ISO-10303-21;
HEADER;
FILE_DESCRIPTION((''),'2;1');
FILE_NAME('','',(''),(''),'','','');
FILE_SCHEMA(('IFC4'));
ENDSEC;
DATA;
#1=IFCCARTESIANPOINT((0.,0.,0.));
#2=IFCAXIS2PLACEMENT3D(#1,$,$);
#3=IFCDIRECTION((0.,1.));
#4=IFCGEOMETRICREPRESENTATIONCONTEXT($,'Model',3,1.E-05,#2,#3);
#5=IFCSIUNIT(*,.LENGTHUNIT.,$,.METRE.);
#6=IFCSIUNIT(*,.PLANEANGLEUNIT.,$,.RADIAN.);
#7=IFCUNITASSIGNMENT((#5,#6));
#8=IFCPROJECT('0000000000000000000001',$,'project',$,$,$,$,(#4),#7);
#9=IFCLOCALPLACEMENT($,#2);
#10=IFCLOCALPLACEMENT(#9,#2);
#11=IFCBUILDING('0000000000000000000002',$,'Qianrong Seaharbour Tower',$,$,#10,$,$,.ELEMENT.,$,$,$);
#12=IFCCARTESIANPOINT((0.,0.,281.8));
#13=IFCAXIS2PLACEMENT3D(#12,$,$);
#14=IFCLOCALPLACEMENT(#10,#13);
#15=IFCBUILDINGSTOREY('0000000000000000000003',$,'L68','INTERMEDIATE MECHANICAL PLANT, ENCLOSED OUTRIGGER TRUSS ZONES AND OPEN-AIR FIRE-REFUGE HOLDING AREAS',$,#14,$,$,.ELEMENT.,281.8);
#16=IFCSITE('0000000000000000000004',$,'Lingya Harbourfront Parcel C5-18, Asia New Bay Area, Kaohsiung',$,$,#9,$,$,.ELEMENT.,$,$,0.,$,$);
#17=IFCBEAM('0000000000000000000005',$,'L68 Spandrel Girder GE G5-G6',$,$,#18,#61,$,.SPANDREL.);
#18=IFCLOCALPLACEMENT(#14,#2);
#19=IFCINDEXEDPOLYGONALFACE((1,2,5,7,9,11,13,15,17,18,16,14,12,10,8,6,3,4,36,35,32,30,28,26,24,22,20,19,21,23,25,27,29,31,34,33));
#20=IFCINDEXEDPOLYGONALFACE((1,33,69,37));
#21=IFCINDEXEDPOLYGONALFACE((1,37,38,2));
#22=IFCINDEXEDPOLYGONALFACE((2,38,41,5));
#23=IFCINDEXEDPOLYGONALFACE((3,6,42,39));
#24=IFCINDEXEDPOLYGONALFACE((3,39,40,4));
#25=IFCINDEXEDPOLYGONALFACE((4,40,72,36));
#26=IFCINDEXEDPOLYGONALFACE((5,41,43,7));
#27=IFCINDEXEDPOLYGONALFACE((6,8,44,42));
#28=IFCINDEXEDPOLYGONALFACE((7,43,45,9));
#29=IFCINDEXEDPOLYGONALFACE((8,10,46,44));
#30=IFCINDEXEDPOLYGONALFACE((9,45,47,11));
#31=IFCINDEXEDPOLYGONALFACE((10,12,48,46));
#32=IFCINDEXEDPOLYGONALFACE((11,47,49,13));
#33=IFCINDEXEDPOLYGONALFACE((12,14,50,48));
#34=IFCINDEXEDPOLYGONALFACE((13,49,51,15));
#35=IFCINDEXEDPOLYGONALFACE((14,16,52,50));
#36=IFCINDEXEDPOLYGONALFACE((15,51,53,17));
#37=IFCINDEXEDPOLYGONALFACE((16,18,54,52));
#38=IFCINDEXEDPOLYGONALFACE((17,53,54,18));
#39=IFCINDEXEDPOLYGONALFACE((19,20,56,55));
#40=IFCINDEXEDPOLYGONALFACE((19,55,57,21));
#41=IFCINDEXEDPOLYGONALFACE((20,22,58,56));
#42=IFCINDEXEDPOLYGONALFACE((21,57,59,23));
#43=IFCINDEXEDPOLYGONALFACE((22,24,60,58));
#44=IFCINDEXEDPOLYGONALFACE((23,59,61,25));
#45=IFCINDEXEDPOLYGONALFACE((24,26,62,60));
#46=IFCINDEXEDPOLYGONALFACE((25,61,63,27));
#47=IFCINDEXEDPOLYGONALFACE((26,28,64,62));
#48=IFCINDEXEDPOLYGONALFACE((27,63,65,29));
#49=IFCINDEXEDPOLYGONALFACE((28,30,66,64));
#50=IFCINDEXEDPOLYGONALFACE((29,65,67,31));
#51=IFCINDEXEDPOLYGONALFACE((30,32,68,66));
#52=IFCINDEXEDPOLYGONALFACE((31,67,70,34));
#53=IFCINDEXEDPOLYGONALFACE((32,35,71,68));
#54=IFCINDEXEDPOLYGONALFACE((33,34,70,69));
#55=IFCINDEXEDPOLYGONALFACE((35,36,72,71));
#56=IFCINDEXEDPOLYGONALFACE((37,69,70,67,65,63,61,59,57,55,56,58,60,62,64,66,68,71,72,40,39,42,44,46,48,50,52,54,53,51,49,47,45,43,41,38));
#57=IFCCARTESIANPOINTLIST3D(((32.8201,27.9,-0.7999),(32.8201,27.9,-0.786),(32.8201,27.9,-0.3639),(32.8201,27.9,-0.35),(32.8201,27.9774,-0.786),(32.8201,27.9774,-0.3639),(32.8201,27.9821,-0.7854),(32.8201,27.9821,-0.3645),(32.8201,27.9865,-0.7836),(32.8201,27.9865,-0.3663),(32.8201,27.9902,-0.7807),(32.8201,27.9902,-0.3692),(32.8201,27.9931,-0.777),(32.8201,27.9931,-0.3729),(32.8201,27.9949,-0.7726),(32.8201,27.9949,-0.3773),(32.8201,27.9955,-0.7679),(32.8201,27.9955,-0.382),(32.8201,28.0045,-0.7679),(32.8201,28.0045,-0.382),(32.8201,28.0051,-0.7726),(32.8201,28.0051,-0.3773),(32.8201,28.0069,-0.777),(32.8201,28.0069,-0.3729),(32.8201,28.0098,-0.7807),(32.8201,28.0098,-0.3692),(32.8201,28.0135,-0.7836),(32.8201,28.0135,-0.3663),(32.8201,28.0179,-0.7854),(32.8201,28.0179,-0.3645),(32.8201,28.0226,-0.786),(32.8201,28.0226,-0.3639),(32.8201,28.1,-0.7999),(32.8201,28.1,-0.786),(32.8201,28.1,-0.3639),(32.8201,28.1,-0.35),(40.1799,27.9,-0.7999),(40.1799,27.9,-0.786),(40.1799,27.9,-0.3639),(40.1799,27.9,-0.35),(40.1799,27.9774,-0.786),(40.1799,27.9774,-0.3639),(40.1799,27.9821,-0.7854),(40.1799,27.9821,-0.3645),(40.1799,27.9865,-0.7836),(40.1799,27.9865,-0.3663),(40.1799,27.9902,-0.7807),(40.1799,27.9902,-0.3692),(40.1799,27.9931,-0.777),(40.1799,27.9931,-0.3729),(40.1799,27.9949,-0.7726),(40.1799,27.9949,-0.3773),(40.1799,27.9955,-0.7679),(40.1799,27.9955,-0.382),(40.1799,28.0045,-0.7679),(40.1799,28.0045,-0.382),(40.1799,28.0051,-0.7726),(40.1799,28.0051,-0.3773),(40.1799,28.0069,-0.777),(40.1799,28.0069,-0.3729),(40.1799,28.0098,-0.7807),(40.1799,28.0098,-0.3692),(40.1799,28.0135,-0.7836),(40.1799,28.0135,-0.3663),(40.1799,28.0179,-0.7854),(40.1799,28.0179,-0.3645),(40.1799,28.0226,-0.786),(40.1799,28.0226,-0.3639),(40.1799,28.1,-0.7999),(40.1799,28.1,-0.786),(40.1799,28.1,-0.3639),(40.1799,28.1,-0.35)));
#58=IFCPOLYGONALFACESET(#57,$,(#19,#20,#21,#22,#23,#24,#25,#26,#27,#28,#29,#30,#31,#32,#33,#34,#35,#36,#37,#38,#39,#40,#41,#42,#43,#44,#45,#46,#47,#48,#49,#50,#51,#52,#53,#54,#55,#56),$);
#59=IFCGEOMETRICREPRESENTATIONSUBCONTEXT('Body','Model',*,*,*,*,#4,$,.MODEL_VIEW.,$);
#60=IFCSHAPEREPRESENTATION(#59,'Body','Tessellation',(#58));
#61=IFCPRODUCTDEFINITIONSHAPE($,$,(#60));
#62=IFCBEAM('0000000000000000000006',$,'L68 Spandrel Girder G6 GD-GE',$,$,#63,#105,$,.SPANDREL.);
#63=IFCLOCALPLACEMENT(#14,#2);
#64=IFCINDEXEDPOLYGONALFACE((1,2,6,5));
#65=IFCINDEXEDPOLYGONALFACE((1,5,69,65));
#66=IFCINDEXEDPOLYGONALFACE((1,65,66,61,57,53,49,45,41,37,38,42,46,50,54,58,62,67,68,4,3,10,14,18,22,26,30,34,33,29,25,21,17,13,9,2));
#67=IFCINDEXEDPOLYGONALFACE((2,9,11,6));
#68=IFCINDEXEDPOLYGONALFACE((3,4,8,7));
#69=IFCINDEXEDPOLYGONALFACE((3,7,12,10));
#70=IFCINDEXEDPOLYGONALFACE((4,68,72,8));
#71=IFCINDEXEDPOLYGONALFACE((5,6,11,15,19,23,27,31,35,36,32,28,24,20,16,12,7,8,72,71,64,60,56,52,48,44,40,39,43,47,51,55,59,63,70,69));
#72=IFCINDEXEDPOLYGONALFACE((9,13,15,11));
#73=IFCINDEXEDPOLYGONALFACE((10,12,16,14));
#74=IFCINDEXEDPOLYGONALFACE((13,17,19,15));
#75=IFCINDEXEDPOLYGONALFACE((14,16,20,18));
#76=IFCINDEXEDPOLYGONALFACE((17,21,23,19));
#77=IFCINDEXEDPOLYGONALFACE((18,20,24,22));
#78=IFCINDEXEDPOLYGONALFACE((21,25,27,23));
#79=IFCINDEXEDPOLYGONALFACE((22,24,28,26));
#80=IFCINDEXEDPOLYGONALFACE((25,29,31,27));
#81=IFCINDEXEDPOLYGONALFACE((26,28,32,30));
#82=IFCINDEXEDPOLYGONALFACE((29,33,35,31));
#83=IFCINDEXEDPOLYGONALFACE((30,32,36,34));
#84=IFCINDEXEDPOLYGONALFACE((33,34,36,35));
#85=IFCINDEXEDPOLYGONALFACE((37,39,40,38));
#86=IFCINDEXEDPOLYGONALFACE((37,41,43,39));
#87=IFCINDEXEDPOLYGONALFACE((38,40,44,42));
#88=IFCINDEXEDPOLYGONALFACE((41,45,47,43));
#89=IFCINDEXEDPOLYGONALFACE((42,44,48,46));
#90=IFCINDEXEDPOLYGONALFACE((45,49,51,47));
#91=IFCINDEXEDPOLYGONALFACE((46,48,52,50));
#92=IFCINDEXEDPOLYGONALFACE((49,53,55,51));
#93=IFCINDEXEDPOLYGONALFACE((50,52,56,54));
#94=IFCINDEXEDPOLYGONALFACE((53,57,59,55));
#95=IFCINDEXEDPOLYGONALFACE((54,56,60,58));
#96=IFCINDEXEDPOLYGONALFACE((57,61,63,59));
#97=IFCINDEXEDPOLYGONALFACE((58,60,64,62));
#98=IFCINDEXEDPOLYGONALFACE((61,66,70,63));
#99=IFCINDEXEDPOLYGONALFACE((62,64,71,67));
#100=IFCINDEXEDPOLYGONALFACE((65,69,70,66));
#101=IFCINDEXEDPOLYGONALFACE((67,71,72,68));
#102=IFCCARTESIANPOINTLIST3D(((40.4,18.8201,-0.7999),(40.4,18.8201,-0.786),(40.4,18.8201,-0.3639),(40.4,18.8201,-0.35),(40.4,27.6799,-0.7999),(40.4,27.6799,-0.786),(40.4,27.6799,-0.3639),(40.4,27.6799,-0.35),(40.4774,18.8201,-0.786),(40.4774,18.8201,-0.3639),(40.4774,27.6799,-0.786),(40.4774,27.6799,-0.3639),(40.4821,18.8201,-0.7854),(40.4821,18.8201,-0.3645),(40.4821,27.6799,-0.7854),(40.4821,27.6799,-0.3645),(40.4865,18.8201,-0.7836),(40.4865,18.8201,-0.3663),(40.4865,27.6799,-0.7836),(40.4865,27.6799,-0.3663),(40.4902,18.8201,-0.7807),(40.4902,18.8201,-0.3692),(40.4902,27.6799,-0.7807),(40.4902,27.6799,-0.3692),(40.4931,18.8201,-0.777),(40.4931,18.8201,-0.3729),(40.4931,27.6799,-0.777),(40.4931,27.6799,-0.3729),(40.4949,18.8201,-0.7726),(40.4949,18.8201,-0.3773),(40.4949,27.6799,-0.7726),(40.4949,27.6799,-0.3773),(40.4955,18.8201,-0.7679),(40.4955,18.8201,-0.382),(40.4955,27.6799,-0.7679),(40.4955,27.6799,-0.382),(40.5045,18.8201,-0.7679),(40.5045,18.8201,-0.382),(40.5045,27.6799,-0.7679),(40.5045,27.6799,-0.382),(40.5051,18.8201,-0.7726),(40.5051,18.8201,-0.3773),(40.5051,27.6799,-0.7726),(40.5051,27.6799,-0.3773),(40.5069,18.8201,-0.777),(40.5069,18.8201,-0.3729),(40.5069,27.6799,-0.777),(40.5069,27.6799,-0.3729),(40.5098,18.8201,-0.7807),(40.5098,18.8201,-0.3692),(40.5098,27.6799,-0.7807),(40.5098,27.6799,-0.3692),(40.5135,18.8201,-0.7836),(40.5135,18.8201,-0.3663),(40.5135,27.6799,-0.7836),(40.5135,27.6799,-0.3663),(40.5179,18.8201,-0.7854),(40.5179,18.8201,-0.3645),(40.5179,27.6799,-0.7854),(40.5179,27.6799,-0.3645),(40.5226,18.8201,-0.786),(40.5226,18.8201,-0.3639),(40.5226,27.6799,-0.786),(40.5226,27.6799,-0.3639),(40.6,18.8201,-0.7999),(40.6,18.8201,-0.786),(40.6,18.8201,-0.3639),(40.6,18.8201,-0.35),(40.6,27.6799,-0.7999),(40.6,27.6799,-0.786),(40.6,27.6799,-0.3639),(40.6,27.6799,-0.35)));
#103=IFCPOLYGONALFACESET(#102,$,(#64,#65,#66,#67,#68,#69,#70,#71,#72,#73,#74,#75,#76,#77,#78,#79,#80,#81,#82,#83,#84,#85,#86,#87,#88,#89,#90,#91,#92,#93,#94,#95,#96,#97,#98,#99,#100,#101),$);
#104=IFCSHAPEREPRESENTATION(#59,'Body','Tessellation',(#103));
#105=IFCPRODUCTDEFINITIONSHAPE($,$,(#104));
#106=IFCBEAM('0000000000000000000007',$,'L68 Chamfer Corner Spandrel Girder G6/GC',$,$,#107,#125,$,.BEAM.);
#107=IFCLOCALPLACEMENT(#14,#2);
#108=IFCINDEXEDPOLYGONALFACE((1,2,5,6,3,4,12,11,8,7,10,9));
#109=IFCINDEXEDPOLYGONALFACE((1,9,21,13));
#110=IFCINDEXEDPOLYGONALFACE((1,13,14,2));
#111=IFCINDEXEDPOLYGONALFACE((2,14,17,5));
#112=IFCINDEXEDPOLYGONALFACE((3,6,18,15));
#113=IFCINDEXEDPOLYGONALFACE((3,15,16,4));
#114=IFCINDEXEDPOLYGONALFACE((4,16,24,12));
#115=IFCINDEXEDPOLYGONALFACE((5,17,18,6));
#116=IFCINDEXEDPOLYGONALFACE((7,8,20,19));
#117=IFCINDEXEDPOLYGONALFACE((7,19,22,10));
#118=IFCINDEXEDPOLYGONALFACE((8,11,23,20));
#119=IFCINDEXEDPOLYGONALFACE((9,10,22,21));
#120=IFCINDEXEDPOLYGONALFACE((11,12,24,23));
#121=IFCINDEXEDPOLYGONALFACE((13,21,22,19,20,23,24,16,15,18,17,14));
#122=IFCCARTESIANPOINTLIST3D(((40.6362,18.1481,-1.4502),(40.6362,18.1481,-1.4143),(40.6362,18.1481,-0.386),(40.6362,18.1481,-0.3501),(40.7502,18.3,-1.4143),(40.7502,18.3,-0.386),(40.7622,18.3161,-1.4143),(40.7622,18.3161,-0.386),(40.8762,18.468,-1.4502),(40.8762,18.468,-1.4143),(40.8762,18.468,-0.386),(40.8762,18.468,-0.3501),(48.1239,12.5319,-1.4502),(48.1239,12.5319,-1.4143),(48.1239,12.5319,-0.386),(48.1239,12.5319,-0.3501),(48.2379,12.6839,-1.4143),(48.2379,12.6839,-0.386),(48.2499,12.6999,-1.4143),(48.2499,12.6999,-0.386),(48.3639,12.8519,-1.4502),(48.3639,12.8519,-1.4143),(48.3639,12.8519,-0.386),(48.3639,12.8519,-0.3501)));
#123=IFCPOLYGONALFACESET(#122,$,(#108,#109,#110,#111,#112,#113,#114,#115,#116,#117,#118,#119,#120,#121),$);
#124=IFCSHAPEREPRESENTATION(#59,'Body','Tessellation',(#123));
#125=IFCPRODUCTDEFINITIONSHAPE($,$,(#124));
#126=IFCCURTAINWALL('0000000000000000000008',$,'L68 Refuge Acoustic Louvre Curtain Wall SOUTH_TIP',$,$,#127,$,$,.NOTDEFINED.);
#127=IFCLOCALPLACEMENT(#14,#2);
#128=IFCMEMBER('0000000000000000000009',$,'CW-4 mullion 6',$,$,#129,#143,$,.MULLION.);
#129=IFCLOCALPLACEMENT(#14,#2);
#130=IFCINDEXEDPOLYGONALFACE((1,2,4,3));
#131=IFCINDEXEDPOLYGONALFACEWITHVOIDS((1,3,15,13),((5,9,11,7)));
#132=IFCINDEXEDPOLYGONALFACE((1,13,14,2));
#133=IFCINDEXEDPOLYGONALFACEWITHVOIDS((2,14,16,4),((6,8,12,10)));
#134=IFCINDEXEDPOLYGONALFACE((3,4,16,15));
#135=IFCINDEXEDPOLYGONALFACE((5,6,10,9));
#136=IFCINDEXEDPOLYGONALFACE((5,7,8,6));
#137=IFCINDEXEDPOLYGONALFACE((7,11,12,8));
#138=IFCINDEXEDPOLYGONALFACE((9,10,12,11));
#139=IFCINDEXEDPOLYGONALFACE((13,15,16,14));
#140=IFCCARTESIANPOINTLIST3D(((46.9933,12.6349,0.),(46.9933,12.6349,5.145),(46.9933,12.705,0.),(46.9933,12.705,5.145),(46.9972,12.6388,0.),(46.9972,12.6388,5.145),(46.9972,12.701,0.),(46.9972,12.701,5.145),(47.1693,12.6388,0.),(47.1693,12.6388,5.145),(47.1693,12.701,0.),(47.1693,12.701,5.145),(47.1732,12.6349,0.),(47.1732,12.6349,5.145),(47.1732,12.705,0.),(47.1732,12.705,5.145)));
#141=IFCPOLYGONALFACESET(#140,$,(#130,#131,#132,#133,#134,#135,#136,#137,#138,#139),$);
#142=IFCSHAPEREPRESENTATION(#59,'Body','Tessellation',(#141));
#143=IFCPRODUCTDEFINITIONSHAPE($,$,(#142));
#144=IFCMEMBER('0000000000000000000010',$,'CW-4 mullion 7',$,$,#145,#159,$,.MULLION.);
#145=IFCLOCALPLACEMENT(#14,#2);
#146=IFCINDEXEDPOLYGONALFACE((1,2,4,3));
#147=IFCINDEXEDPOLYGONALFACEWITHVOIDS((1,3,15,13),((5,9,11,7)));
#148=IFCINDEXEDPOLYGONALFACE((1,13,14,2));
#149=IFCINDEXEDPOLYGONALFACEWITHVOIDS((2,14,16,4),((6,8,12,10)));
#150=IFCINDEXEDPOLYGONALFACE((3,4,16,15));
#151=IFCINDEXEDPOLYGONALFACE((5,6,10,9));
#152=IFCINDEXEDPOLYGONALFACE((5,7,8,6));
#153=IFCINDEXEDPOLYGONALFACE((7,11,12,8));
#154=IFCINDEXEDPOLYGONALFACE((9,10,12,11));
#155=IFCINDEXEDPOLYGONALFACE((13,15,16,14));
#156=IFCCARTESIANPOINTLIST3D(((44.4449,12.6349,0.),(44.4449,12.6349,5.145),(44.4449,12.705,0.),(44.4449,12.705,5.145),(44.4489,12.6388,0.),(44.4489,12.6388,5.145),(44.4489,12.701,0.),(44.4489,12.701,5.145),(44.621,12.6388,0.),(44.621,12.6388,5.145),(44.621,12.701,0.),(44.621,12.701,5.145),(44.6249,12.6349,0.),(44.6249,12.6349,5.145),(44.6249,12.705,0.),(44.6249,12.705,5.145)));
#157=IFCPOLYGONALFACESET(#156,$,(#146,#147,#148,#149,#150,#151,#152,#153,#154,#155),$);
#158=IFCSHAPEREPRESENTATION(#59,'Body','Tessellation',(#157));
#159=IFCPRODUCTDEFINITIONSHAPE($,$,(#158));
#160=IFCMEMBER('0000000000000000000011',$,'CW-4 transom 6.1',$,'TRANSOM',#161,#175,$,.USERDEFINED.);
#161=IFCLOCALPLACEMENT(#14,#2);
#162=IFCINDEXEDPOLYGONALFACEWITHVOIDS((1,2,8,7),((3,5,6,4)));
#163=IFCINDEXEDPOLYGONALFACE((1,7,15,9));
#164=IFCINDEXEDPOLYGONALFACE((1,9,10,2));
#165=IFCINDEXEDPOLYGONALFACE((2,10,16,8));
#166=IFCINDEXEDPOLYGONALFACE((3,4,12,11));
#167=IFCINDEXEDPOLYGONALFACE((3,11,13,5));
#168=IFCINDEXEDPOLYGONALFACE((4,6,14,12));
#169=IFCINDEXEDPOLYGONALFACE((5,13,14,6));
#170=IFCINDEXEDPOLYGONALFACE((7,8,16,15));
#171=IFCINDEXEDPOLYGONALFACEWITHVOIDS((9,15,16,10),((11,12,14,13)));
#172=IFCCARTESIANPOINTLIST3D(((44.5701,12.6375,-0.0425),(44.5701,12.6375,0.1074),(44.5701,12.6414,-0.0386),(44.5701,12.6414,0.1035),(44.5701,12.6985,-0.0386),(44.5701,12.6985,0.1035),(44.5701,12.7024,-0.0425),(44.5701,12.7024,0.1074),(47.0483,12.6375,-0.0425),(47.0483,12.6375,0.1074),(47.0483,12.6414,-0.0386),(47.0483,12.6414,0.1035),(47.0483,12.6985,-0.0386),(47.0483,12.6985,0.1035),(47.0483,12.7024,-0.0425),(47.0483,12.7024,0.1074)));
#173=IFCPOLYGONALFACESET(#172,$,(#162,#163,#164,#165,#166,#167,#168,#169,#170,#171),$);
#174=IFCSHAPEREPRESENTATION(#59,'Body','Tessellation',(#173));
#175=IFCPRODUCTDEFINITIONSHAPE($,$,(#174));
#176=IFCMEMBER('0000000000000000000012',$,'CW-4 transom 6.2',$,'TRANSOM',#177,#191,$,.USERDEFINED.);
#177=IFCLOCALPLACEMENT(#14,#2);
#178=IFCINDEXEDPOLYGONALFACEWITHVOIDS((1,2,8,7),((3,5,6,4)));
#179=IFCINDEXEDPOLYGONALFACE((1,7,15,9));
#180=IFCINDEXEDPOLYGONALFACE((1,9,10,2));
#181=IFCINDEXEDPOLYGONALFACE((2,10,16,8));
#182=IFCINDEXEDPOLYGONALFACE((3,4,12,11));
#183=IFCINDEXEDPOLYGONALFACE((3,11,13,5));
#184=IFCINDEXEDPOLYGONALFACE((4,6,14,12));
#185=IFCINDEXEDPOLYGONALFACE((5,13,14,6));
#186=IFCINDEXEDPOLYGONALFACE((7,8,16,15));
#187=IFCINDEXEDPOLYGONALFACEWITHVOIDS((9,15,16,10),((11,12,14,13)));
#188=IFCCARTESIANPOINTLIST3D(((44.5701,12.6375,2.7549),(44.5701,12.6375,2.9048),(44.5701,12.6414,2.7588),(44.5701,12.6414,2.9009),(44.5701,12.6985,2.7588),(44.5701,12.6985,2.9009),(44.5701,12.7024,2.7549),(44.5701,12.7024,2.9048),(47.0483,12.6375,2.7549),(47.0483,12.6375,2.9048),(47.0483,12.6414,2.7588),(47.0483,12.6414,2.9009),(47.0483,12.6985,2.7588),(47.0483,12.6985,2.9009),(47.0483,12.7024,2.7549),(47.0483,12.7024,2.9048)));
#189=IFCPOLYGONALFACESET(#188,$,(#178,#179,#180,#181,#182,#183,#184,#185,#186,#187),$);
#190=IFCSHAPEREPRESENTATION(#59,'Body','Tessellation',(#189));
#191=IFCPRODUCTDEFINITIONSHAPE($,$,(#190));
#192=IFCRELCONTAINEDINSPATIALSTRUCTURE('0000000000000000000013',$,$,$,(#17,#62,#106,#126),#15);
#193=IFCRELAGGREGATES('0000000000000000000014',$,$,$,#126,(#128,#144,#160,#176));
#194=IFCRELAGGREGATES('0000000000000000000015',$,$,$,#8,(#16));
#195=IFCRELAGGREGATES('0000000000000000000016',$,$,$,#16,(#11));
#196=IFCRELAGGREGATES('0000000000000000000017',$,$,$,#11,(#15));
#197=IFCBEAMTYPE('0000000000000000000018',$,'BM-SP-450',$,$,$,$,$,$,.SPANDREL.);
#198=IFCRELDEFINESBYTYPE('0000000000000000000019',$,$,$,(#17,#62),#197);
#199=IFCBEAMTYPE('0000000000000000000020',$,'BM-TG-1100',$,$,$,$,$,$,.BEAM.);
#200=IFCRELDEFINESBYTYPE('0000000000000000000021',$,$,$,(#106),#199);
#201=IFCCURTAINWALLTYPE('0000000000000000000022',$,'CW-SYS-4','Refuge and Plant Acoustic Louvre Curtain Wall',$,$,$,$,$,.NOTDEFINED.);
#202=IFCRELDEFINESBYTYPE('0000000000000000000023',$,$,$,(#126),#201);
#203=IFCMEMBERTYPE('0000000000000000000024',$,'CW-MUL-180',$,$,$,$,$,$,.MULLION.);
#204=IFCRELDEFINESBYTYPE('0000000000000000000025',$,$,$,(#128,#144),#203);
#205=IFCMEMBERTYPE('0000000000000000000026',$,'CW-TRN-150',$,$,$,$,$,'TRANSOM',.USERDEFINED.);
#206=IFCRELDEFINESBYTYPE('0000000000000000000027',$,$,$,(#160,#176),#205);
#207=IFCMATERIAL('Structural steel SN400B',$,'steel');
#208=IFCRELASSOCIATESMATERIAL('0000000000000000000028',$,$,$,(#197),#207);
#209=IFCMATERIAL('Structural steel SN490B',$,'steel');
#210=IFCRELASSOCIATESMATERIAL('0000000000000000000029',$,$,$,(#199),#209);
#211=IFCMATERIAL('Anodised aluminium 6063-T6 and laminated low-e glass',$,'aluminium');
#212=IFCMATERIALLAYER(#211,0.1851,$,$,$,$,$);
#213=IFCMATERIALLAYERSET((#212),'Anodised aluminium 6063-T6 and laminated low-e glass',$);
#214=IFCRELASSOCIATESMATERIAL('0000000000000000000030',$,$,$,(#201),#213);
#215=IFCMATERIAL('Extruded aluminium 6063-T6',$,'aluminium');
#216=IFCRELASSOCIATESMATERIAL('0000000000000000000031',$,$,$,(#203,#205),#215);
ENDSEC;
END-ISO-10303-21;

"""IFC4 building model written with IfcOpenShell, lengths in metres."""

from ifc_helpers import new_model, si_unit, direction, frame, origin, origin_2d, place, context, subcontext, project, spatial, hollow_rectangle, i_section, extrude, material, layer, layer_set, material_profile, profile_set, type_object, element, aggregate, save


model = new_model("IFC4")

# Units and contexts
model_context = context("Model", 3, precision=1e-05, world=origin(), true_north=direction((0.0, 1.0)))
body_context = subcontext(model_context, "Body", "Model", "MODEL_VIEW")
ifc_project = project(units=[si_unit("LENGTHUNIT", "METRE"), si_unit("PLANEANGLEUNIT", "RADIAN")], contexts=[model_context])

# Site, building, storey
site_placement = place(None, origin())
site = spatial("IfcSite", under=ifc_project, at=site_placement, Name="Lingya Harbourfront Parcel C5-18, Asia New Bay Area, Kaohsiung", CompositionType="ELEMENT", RefElevation=0.0)
building_placement = place(site_placement, origin())
building = spatial("IfcBuilding", under=site, at=building_placement, Name="Qianrong Seaharbour Tower", CompositionType="ELEMENT")
storey_placement = place(building_placement, frame((0.0, 0.0, 281.8)))
storey = spatial("IfcBuildingStorey", under=building, at=storey_placement, Name="L68", Description="INTERMEDIATE MECHANICAL PLANT, ENCLOSED OUTRIGGER TRUSS ZONES AND OPEN-AIR FIRE-REFUGE HOLDING AREAS", CompositionType="ELEMENT", Elevation=281.8)

# Shared definitions
ifc_material_1 = material(Name="Structural steel SN490B", Category="steel")

# Beams
ifc_material_2 = material(Name="Structural steel SN400B", Category="steel")
ifc_material_profile_1 = material_profile(ifc_material_2, i_section(OverallWidth=0.2, OverallDepth=0.45, WebThickness=0.009, FlangeThickness=0.0139, FilletRadius=0.0181, at=origin_2d()), Name="H450x200x9x14")
ifc_profile_set_1 = profile_set([ifc_material_profile_1], Name="Structural steel SN400B")
beam_type_1 = type_object("IfcBeamType", Name="BM-SP-450", PredefinedType="SPANDREL", material=ifc_profile_set_1)
beam_1_placement = place(storey_placement, frame((32.8201, 28.0, -0.575), z_axis=(1.0, 0.0, 0.0), x_axis=(0.0, 1.0, 0.0)))
element("IfcBeam", 1, at=beam_1_placement, inside=storey, type_object=beam_type_1, Name="L68 Spandrel Girder GE G5-G6", PredefinedType="SPANDREL", context=body_context, shape_type="SweptSolid", body=[
    extrude(i_section(OverallWidth=0.2, OverallDepth=0.45, WebThickness=0.009, FlangeThickness=0.0139, FilletRadius=0.0181, at=origin_2d()), origin(), (0.0, 0.0, 1.0), 7.3599),
])
beam_2_placement = place(storey_placement, frame((40.5, 18.8201, -0.575), z_axis=(0.0, 1.0, 0.0), x_axis=(-1.0, 0.0, 0.0)))
element("IfcBeam", 2, at=beam_2_placement, inside=storey, type_object=beam_type_1, Name="L68 Spandrel Girder G6 GD-GE", PredefinedType="SPANDREL", context=body_context, shape_type="SweptSolid", body=[
    extrude(i_section(OverallWidth=0.2, OverallDepth=0.45, WebThickness=0.009, FlangeThickness=0.0139, FilletRadius=0.0181, at=origin_2d()), origin(), (0.0, 0.0, 1.0), 8.8599),
])
ifc_material_profile_2 = material_profile(ifc_material_1, i_section(OverallWidth=0.3999, OverallDepth=1.1001, WebThickness=0.02, FlangeThickness=0.0359, at=origin_2d()), Name="BH1100x400x20x36")
ifc_profile_set_2 = profile_set([ifc_material_profile_2], Name="Structural steel SN490B")
beam_type_2 = type_object("IfcBeamType", Name="BM-TG-1100", PredefinedType="BEAM", material=ifc_profile_set_2)
beam_3_placement = place(storey_placement, frame((48.2439, 12.6919, -0.9001), z_axis=(-0.799981, 0.600025, 0.0), x_axis=(-0.600025, -0.799981, 0.0)))
element("IfcBeam", 3, at=beam_3_placement, inside=storey, type_object=beam_type_2, Name="L68 Chamfer Corner Spandrel Girder G6/GC", PredefinedType="BEAM", context=body_context, shape_type="SweptSolid", body=[
    extrude(i_section(OverallWidth=0.3999, OverallDepth=1.1001, WebThickness=0.02, FlangeThickness=0.0359, at=origin_2d()), origin(), (0.0, 0.0, 1.0), 9.3599),
])

# Curtain wall, members
ifc_material_3 = material(Name="Anodised aluminium 6063-T6 and laminated low-e glass", Category="aluminium")
ifc_layer_1 = layer(ifc_material_3, 0.1851)
ifc_layer_set_1 = layer_set([ifc_layer_1], Name="Anodised aluminium 6063-T6 and laminated low-e glass")
curtain_wall_type = type_object("IfcCurtainWallType", Name="CW-SYS-4", Description="Refuge and Plant Acoustic Louvre Curtain Wall", PredefinedType="NOTDEFINED", material=ifc_layer_set_1)
curtain_wall_placement = place(storey_placement, origin())
curtain_wall = element("IfcCurtainWall", 4, at=curtain_wall_placement, inside=storey, type_object=curtain_wall_type, Name="L68 Refuge Acoustic Louvre Curtain Wall SOUTH_TIP", PredefinedType="NOTDEFINED")
ifc_material_4 = material(Name="Extruded aluminium 6063-T6", Category="aluminium")
ifc_material_profile_3 = material_profile(ifc_material_4, hollow_rectangle(XDim=0.0701, YDim=0.1799, WallThickness=0.0039, at=origin_2d()), Name="ALU-MUL-180x70x4")
ifc_profile_set_3 = profile_set([ifc_material_profile_3], Name="Extruded aluminium 6063-T6")
member_type_1 = type_object("IfcMemberType", Name="CW-MUL-180", PredefinedType="MULLION", material=ifc_profile_set_3)
member_1_placement = place(storey_placement, frame((47.0833, 12.6699, 0.0), z_axis=(0.0, 0.0, 1.0), x_axis=(0.0, -1.0, 0.0)))
member_1 = element("IfcMember", 5, at=member_1_placement, type_object=member_type_1, Name="CW-4 mullion 6", PredefinedType="MULLION", context=body_context, shape_type="SweptSolid", body=[
    extrude(hollow_rectangle(XDim=0.0701, YDim=0.1799, WallThickness=0.0039, at=origin_2d()), origin(), (0.0, 0.0, 1.0), 5.145),
])
member_2_placement = place(storey_placement, frame((44.5349, 12.6699, 0.0), z_axis=(0.0, 0.0, 1.0), x_axis=(0.0, -1.0, 0.0)))
member_2 = element("IfcMember", 6, at=member_2_placement, type_object=member_type_1, Name="CW-4 mullion 7", PredefinedType="MULLION", context=body_context, shape_type="SweptSolid", body=[
    extrude(hollow_rectangle(XDim=0.0701, YDim=0.1799, WallThickness=0.0039, at=origin_2d()), origin(), (0.0, 0.0, 1.0), 5.145),
])
ifc_material_profile_4 = material_profile(ifc_material_4, hollow_rectangle(XDim=0.0649, YDim=0.1499, WallThickness=0.0039, at=origin_2d()), Name="ALU-TRN-150x65x4")
ifc_profile_set_4 = profile_set([ifc_material_profile_4], Name="Extruded aluminium 6063-T6")
member_type_2 = type_object("IfcMemberType", Name="CW-TRN-150", ElementType="TRANSOM", PredefinedType="USERDEFINED", material=ifc_profile_set_4)
member_3_placement = place(storey_placement, frame((47.0483, 12.6699, 0.0325), z_axis=(-1.0, 0.0, 0.0), x_axis=(0.0, -1.0, 0.0)))
member_3 = element("IfcMember", 7, at=member_3_placement, type_object=member_type_2, Name="CW-4 transom 6.1", ObjectType="TRANSOM", PredefinedType="USERDEFINED", context=body_context, shape_type="SweptSolid", body=[
    extrude(hollow_rectangle(XDim=0.0649, YDim=0.1499, WallThickness=0.0039, at=origin_2d()), origin(), (0.0, 0.0, 1.0), 2.4783),
])
member_4_placement = place(storey_placement, frame((47.0483, 12.6699, 2.8298), z_axis=(-1.0, 0.0, 0.0), x_axis=(0.0, -1.0, 0.0)))
member_4 = element("IfcMember", 8, at=member_4_placement, type_object=member_type_2, Name="CW-4 transom 6.2", ObjectType="TRANSOM", PredefinedType="USERDEFINED", context=body_context, shape_type="SweptSolid", body=[
    extrude(hollow_rectangle(XDim=0.0649, YDim=0.1499, WallThickness=0.0039, at=origin_2d()), origin(), (0.0, 0.0, 1.0), 2.4783),
])
aggregate(curtain_wall, [member_1, member_2, member_3, member_4])

save(model, "model.ifc")
